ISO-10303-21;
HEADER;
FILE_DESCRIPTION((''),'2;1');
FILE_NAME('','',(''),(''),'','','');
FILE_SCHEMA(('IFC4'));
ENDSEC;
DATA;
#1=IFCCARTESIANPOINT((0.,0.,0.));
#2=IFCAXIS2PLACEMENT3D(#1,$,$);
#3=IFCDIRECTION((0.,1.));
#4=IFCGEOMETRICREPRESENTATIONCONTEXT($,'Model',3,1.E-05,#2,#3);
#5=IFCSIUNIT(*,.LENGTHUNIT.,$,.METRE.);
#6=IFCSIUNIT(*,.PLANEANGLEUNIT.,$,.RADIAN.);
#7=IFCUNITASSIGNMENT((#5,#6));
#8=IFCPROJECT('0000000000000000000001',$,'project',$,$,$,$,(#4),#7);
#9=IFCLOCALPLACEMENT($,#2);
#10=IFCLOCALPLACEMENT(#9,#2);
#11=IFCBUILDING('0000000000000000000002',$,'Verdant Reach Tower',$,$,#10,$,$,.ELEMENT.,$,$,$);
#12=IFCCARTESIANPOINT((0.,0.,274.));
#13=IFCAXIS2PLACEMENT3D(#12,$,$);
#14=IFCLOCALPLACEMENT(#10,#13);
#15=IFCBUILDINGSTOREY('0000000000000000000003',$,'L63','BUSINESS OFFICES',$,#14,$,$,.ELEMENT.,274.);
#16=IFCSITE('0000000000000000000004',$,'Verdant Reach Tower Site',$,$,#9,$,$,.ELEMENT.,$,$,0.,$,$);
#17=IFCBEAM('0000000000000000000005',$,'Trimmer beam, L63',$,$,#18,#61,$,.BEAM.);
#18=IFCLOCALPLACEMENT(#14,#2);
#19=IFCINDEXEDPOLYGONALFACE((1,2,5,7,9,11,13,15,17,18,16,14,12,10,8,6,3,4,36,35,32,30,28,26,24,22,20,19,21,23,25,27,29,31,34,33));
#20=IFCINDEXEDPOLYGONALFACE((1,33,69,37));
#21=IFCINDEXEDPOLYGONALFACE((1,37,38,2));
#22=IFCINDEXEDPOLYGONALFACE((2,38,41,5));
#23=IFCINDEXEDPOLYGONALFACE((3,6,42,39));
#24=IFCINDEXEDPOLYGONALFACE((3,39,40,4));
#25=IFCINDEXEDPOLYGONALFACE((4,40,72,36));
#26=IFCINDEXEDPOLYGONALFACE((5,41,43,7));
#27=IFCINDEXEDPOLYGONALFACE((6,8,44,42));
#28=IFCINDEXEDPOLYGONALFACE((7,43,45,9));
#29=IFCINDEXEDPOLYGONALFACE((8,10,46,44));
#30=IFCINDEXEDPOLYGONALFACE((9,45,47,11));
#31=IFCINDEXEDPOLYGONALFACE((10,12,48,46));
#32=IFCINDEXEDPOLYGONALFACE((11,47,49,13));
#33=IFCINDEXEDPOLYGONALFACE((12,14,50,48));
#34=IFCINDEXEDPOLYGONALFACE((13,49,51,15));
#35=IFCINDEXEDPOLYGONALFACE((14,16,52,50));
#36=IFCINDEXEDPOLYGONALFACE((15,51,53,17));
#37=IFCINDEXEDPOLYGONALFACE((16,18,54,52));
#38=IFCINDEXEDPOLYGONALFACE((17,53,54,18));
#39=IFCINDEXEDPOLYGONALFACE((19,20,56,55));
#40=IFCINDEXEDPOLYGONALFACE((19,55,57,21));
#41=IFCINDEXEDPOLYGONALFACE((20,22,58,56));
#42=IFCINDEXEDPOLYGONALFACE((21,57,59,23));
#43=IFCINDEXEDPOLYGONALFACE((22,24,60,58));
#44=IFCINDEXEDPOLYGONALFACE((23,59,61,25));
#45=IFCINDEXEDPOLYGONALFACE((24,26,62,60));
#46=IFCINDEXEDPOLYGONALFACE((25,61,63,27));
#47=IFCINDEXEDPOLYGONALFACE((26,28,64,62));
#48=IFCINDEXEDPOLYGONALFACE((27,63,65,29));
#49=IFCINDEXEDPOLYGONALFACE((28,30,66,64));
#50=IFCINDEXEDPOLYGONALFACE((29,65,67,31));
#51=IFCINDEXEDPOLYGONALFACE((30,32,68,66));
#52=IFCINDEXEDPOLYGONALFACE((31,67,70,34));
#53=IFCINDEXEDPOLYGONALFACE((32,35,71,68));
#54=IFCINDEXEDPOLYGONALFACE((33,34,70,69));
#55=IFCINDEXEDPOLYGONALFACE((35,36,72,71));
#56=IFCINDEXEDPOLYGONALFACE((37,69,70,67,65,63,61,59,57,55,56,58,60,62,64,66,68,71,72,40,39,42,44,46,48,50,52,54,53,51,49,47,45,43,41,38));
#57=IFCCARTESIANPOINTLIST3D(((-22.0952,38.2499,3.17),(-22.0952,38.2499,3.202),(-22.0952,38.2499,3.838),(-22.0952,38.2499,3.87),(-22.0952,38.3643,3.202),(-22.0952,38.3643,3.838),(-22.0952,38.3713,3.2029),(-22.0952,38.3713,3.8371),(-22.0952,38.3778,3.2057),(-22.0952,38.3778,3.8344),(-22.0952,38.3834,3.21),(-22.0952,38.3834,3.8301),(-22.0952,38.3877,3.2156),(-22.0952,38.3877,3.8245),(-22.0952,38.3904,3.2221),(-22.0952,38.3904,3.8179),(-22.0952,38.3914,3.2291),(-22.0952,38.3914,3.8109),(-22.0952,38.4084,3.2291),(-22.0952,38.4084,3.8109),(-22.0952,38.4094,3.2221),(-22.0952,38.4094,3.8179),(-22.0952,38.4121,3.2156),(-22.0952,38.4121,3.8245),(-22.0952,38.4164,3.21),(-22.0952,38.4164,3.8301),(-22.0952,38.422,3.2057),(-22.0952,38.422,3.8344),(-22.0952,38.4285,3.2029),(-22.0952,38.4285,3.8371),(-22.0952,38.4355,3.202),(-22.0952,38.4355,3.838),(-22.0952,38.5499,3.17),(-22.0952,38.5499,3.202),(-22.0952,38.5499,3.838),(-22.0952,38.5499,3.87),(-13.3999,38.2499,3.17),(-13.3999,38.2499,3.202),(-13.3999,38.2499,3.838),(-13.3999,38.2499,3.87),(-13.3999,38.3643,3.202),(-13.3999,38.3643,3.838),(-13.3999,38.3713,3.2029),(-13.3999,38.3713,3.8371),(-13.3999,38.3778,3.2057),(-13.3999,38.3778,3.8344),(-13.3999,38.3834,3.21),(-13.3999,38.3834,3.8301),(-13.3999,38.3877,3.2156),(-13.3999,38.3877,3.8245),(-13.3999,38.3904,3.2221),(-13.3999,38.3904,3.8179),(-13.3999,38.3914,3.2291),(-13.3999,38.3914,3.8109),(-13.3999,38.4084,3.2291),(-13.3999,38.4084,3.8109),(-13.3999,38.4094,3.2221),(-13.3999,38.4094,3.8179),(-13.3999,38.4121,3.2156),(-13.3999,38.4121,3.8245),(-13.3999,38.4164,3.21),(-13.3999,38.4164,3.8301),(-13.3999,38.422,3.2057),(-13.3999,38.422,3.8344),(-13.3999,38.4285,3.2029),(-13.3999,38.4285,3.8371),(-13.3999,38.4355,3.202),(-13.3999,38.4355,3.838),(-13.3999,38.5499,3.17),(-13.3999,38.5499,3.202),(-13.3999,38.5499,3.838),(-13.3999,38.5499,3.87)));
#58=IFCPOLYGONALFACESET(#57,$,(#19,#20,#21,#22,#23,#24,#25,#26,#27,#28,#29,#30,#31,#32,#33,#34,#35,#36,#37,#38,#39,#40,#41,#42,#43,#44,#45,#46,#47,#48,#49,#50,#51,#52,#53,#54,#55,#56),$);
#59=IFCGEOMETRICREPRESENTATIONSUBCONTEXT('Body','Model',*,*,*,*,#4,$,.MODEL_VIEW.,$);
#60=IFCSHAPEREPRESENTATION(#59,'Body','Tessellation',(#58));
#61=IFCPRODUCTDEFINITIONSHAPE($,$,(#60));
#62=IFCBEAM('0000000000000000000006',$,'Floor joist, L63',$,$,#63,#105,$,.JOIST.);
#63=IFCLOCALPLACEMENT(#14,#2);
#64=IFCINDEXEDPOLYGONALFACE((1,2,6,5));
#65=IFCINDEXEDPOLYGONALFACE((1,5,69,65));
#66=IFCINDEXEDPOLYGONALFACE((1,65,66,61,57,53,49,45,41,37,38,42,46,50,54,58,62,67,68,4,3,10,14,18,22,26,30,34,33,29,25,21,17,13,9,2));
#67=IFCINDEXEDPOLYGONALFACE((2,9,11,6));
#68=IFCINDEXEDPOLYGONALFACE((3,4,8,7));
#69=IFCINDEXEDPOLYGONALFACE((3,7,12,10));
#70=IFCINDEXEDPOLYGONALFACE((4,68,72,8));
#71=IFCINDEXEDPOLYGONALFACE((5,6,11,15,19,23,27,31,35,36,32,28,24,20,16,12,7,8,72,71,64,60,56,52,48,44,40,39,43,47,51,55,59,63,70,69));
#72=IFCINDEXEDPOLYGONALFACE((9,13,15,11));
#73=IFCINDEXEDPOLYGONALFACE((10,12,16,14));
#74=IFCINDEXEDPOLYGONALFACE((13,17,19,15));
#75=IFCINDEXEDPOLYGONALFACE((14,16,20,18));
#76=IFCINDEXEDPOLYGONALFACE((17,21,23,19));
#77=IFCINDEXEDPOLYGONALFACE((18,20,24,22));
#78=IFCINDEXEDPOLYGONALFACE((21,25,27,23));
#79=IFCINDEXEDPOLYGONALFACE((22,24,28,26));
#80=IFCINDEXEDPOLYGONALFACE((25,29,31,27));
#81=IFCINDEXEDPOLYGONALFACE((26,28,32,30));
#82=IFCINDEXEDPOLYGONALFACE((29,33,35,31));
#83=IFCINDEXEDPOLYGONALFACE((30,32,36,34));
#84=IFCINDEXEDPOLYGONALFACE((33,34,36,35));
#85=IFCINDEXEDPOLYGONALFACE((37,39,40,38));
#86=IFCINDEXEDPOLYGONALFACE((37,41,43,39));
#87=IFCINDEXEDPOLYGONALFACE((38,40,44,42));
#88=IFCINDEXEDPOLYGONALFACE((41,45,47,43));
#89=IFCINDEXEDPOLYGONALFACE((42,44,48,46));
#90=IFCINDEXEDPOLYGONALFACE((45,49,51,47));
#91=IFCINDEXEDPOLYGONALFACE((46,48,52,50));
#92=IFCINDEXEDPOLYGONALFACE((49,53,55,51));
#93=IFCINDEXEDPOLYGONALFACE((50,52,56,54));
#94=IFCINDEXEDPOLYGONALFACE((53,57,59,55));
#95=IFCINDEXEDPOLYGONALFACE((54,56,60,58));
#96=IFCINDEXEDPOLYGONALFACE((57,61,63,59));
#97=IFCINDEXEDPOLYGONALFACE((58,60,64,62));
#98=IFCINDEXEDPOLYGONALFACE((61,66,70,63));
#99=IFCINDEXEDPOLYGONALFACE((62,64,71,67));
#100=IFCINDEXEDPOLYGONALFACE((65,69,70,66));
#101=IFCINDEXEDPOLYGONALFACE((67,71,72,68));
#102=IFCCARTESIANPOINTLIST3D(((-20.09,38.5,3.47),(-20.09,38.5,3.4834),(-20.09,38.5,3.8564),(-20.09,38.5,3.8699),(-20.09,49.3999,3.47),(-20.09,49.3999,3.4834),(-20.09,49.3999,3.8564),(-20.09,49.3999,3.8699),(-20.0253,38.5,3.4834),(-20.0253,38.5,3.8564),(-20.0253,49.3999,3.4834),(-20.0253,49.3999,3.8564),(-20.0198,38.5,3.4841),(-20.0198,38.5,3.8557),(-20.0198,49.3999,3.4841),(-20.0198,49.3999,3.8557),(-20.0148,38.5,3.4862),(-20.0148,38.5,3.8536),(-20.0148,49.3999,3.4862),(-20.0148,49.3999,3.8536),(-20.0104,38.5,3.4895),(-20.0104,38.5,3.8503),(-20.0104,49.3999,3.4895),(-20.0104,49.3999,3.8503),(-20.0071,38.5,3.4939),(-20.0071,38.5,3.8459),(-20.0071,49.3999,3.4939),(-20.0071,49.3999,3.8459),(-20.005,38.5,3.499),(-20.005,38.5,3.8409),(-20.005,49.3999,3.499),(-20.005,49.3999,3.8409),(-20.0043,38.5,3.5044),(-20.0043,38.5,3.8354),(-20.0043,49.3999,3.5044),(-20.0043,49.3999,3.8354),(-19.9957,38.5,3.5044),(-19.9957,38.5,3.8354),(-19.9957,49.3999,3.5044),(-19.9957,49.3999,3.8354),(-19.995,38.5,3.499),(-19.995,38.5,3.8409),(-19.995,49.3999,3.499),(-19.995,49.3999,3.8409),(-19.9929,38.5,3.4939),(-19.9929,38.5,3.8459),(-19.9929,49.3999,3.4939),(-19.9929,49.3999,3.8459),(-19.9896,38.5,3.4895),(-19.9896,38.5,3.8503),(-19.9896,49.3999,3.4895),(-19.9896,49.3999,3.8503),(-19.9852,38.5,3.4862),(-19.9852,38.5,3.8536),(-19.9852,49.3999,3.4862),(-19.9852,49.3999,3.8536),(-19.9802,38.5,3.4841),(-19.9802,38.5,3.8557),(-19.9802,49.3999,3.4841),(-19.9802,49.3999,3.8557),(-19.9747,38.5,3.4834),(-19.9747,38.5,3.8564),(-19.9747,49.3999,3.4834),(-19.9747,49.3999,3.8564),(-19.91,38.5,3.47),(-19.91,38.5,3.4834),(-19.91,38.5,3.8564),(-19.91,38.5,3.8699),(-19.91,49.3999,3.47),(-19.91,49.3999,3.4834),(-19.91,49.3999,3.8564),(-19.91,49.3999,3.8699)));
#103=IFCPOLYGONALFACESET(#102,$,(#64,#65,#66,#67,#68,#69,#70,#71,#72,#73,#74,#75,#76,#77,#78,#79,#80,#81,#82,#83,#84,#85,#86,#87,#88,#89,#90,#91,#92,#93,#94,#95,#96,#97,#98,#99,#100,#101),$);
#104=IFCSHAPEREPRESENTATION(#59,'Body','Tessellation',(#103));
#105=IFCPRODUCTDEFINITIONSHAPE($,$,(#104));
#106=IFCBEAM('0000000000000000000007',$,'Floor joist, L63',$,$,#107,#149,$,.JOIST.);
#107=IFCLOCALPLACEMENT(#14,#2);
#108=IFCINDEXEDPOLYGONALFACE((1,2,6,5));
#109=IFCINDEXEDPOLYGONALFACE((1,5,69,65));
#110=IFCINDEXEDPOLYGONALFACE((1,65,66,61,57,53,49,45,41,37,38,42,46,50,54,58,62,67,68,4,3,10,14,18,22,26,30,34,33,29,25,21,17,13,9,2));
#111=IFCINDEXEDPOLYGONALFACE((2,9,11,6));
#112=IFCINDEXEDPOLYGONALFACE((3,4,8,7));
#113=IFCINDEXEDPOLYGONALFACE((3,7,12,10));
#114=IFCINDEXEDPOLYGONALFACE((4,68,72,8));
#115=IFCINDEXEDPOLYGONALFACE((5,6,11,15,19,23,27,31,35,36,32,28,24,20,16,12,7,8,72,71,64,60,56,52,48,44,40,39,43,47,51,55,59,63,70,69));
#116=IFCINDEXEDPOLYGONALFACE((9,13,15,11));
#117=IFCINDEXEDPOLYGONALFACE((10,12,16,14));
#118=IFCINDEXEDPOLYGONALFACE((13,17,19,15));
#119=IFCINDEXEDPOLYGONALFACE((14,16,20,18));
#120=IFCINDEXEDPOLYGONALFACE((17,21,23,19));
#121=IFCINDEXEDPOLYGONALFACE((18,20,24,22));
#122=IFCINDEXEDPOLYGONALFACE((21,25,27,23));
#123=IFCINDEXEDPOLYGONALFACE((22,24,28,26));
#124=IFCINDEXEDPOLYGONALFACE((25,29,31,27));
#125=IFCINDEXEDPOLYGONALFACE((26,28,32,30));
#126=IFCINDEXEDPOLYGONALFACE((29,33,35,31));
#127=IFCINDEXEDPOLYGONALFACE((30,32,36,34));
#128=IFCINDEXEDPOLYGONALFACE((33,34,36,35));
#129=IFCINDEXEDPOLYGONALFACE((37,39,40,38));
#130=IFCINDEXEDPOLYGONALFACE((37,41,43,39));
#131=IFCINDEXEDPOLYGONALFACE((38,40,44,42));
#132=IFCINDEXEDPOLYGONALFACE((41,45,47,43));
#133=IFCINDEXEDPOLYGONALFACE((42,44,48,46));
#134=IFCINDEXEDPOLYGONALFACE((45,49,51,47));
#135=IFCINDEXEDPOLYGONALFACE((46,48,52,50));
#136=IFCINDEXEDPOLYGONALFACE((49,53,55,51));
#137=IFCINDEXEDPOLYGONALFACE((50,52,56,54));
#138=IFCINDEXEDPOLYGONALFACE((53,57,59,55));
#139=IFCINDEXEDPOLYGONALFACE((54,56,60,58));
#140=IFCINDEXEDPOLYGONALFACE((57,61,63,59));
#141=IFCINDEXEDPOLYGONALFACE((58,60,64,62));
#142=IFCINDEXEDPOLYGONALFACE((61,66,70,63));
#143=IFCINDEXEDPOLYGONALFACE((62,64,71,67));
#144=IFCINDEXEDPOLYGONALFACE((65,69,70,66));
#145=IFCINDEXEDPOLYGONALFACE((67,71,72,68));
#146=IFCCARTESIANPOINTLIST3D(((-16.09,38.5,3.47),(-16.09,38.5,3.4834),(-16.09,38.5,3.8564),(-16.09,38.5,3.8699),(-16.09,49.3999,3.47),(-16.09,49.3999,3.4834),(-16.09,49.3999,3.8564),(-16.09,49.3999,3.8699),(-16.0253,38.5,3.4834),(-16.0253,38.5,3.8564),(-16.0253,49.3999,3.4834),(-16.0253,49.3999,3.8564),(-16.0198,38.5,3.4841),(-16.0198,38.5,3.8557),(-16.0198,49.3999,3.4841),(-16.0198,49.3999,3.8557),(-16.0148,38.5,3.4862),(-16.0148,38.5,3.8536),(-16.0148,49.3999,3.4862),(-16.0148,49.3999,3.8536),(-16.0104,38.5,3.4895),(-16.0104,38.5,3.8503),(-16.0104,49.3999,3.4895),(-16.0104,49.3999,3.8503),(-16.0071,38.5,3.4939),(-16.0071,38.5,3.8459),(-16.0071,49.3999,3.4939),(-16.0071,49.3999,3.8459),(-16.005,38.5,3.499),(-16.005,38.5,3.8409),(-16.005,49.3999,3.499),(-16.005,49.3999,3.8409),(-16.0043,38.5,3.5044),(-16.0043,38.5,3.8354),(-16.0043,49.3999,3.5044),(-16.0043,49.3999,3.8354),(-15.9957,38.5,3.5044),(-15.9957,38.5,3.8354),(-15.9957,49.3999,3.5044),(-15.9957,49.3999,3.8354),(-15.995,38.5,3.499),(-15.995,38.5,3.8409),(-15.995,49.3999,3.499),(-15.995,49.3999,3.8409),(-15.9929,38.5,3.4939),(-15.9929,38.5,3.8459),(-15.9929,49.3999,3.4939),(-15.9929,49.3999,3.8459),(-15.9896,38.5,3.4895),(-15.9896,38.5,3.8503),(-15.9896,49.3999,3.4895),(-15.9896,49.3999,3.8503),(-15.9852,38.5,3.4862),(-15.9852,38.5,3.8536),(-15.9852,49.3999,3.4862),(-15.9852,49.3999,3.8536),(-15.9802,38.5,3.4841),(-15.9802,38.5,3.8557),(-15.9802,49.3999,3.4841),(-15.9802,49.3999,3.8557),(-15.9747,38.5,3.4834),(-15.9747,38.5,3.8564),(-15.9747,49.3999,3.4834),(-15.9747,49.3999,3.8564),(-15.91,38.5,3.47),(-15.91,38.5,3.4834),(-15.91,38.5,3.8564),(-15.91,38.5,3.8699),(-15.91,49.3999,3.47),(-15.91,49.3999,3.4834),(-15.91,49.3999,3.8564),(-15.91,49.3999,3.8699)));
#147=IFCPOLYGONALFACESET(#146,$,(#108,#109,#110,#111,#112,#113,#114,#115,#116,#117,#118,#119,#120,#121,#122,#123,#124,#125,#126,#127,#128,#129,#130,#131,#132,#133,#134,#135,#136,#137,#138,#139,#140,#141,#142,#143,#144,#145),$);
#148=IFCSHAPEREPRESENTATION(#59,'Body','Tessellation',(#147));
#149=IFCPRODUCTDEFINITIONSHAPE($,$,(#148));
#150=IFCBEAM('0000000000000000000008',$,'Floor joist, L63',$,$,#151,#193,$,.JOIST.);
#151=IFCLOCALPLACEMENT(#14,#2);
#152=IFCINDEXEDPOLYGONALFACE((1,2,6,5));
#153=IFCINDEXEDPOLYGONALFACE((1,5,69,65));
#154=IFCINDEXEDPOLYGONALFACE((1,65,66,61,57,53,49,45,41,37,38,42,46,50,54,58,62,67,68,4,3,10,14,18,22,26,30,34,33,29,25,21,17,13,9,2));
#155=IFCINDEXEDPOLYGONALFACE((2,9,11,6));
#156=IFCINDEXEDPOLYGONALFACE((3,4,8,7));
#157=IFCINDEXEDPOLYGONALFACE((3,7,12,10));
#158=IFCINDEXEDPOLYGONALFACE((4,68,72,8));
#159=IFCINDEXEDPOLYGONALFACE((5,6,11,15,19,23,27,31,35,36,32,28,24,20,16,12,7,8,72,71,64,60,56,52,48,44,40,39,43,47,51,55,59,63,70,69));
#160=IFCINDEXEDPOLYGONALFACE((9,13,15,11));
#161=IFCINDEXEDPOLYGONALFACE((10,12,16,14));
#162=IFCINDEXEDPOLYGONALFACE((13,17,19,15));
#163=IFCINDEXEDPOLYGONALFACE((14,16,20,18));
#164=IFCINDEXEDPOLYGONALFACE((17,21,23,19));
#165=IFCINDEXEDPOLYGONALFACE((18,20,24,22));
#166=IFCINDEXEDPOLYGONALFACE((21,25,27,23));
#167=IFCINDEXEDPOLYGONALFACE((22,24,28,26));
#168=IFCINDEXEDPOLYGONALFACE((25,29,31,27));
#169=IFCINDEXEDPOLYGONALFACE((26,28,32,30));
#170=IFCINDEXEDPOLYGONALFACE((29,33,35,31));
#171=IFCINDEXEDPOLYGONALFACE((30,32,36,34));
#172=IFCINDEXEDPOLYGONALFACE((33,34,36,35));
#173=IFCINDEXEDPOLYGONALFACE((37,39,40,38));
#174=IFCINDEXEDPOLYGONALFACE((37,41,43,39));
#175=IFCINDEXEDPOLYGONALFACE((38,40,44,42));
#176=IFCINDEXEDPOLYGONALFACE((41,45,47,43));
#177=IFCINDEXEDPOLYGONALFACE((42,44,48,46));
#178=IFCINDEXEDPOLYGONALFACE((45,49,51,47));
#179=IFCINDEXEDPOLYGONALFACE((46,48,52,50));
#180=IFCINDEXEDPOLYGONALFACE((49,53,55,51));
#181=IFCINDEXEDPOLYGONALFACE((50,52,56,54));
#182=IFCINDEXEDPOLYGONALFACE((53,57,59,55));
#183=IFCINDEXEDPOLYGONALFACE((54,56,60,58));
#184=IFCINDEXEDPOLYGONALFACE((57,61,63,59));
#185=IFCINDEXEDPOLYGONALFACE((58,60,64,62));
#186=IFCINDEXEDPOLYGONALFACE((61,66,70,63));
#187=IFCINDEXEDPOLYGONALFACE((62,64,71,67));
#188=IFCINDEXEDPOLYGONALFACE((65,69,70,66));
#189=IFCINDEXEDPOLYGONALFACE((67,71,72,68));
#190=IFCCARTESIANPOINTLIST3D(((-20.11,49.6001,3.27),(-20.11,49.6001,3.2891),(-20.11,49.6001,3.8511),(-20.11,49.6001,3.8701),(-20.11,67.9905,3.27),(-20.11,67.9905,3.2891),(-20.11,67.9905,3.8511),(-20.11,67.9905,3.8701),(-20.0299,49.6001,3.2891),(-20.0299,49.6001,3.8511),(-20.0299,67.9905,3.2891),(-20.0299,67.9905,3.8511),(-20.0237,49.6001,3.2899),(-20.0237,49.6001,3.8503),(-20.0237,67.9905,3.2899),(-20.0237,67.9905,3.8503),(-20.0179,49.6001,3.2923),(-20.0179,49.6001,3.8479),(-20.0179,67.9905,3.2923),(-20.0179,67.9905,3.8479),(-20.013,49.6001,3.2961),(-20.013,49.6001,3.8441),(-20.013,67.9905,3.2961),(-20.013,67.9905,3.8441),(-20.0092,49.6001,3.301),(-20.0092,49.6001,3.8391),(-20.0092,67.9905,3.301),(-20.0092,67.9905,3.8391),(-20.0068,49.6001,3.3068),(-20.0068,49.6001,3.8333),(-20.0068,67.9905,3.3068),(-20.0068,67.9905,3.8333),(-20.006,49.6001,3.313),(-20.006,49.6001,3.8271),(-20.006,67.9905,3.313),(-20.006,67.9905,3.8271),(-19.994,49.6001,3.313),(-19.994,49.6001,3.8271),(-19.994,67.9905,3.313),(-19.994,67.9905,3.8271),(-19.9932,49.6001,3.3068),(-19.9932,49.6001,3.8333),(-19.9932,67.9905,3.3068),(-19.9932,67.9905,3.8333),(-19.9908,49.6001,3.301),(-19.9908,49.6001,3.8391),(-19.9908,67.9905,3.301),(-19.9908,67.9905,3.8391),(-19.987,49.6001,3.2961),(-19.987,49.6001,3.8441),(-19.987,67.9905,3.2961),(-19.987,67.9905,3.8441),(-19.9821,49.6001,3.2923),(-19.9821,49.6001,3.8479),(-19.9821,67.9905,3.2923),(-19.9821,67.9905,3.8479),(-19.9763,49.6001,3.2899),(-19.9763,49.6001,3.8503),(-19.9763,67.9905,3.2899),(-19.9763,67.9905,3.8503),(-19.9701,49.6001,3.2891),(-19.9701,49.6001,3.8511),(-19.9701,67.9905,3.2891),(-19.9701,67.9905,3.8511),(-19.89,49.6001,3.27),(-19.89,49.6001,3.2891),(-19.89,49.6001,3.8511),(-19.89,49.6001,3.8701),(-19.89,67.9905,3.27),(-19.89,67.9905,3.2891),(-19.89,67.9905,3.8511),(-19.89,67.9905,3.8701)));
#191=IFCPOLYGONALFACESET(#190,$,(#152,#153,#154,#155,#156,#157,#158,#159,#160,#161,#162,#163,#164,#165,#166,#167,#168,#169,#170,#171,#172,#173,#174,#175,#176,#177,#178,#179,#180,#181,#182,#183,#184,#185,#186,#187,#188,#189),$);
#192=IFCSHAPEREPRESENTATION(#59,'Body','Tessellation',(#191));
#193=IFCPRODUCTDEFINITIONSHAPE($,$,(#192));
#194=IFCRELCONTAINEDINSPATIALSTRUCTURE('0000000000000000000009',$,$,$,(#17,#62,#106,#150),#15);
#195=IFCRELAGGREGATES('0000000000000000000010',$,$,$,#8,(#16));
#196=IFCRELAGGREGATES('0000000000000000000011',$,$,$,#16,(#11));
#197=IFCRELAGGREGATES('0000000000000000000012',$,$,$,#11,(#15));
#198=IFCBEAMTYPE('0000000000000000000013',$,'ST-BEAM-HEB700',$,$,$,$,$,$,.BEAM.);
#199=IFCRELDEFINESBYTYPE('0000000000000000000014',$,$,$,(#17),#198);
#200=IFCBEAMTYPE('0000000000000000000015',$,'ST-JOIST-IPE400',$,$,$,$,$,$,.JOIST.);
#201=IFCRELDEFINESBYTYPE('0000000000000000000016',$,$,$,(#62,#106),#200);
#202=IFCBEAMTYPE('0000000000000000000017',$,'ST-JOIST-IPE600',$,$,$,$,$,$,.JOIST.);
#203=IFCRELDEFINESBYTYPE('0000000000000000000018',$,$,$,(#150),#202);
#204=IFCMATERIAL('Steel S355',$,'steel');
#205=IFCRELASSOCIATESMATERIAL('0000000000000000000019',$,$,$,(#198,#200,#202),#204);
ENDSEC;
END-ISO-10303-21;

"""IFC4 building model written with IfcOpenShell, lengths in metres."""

from ifc_helpers import new_model, si_unit, direction, frame, origin, origin_2d, place, context, subcontext, project, spatial, i_section, extrude, material, material_profile, profile_set, type_object, element, save


model = new_model("IFC4")

# Units and contexts
model_context = context("Model", 3, precision=1e-05, world=origin(), true_north=direction((0.0, 1.0)))
body_context = subcontext(model_context, "Body", "Model", "MODEL_VIEW")
ifc_project = project(units=[si_unit("LENGTHUNIT", "METRE"), si_unit("PLANEANGLEUNIT", "RADIAN")], contexts=[model_context])

# Site, building, storey
site_placement = place(None, origin())
site = spatial("IfcSite", under=ifc_project, at=site_placement, Name="Verdant Reach Tower Site", CompositionType="ELEMENT", RefElevation=0.0)
building_placement = place(site_placement, origin())
building = spatial("IfcBuilding", under=site, at=building_placement, Name="Verdant Reach Tower", CompositionType="ELEMENT")
storey_placement = place(building_placement, frame((0.0, 0.0, 274.0)))
storey = spatial("IfcBuildingStorey", under=building, at=storey_placement, Name="L63", Description="BUSINESS OFFICES", CompositionType="ELEMENT", Elevation=274.0)

# Beams
ifc_material_1 = material(Name="Steel S355", Category="steel")
ifc_material_profile_1 = material_profile(ifc_material_1, i_section(OverallWidth=0.3, OverallDepth=0.7, WebThickness=0.0171, FlangeThickness=0.032, FilletRadius=0.0271, at=origin_2d()), Name="HEB 700")
ifc_profile_set_1 = profile_set([ifc_material_profile_1], Name="Steel S355")
beam_type_1 = type_object("IfcBeamType", Name="ST-BEAM-HEB700", PredefinedType="BEAM", material=ifc_profile_set_1)
beam_1_placement = place(storey_placement, frame((-13.3999, 38.3999, 3.52), z_axis=(-1.0, 0.0, 0.0), x_axis=(0.0, -1.0, 0.0)))
element("IfcBeam", 1, at=beam_1_placement, inside=storey, type_object=beam_type_1, Name="Trimmer beam, L63", PredefinedType="BEAM", context=body_context, shape_type="SweptSolid", body=[
    extrude(i_section(OverallWidth=0.3, OverallDepth=0.7, WebThickness=0.0171, FlangeThickness=0.032, FilletRadius=0.0271, at=origin_2d()), origin(), (0.0, 0.0, 1.0), 8.6953),
])
ifc_material_profile_2 = material_profile(ifc_material_1, i_section(OverallWidth=0.1799, OverallDepth=0.3999, WebThickness=0.0085, FlangeThickness=0.0134, FilletRadius=0.021, at=origin_2d()), Name="IPE 400")
ifc_profile_set_2 = profile_set([ifc_material_profile_2], Name="Steel S355")
beam_type_2 = type_object("IfcBeamType", Name="ST-JOIST-IPE400", PredefinedType="JOIST", material=ifc_profile_set_2)
for number, where, z_axis, x_axis, name in (
    (2, (-20.0, 38.5, 3.6699), (0.0, 1.0, 0.0), (-1.0, 0.0, 0.0), "Floor joist, L63"),
    (3, (-16.0, 38.5, 3.6699), (0.0, 1.0, 0.0), (-1.0, 0.0, 0.0), "Floor joist, L63"),
):
    element("IfcBeam", number, at=place(storey_placement, frame(where, z_axis=z_axis, x_axis=x_axis)), inside=storey, type_object=beam_type_2, Name=name, PredefinedType="JOIST", context=body_context, shape_type="SweptSolid", body=[
        extrude(i_section(OverallWidth=0.1799, OverallDepth=0.3999, WebThickness=0.0085, FlangeThickness=0.0134, FilletRadius=0.021, at=origin_2d()), origin(), (0.0, 0.0, 1.0), 10.8999),
    ])
ifc_material_profile_3 = material_profile(ifc_material_1, i_section(OverallWidth=0.22, OverallDepth=0.6001, WebThickness=0.012, FlangeThickness=0.019, FilletRadius=0.0239, at=origin_2d()), Name="IPE 600")
ifc_profile_set_3 = profile_set([ifc_material_profile_3], Name="Steel S355")
beam_type_3 = type_object("IfcBeamType", Name="ST-JOIST-IPE600", PredefinedType="JOIST", material=ifc_profile_set_3)
beam_2_placement = place(storey_placement, frame((-20.0, 49.6001, 3.5701), z_axis=(0.0, 1.0, 0.0), x_axis=(-1.0, 0.0, 0.0)))
element("IfcBeam", 4, at=beam_2_placement, inside=storey, type_object=beam_type_3, Name="Floor joist, L63", PredefinedType="JOIST", context=body_context, shape_type="SweptSolid", body=[
    extrude(i_section(OverallWidth=0.22, OverallDepth=0.6001, WebThickness=0.012, FlangeThickness=0.019, FilletRadius=0.0239, at=origin_2d()), origin(), (0.0, 0.0, 1.0), 18.3904),
])

save(model, "model.ifc")
